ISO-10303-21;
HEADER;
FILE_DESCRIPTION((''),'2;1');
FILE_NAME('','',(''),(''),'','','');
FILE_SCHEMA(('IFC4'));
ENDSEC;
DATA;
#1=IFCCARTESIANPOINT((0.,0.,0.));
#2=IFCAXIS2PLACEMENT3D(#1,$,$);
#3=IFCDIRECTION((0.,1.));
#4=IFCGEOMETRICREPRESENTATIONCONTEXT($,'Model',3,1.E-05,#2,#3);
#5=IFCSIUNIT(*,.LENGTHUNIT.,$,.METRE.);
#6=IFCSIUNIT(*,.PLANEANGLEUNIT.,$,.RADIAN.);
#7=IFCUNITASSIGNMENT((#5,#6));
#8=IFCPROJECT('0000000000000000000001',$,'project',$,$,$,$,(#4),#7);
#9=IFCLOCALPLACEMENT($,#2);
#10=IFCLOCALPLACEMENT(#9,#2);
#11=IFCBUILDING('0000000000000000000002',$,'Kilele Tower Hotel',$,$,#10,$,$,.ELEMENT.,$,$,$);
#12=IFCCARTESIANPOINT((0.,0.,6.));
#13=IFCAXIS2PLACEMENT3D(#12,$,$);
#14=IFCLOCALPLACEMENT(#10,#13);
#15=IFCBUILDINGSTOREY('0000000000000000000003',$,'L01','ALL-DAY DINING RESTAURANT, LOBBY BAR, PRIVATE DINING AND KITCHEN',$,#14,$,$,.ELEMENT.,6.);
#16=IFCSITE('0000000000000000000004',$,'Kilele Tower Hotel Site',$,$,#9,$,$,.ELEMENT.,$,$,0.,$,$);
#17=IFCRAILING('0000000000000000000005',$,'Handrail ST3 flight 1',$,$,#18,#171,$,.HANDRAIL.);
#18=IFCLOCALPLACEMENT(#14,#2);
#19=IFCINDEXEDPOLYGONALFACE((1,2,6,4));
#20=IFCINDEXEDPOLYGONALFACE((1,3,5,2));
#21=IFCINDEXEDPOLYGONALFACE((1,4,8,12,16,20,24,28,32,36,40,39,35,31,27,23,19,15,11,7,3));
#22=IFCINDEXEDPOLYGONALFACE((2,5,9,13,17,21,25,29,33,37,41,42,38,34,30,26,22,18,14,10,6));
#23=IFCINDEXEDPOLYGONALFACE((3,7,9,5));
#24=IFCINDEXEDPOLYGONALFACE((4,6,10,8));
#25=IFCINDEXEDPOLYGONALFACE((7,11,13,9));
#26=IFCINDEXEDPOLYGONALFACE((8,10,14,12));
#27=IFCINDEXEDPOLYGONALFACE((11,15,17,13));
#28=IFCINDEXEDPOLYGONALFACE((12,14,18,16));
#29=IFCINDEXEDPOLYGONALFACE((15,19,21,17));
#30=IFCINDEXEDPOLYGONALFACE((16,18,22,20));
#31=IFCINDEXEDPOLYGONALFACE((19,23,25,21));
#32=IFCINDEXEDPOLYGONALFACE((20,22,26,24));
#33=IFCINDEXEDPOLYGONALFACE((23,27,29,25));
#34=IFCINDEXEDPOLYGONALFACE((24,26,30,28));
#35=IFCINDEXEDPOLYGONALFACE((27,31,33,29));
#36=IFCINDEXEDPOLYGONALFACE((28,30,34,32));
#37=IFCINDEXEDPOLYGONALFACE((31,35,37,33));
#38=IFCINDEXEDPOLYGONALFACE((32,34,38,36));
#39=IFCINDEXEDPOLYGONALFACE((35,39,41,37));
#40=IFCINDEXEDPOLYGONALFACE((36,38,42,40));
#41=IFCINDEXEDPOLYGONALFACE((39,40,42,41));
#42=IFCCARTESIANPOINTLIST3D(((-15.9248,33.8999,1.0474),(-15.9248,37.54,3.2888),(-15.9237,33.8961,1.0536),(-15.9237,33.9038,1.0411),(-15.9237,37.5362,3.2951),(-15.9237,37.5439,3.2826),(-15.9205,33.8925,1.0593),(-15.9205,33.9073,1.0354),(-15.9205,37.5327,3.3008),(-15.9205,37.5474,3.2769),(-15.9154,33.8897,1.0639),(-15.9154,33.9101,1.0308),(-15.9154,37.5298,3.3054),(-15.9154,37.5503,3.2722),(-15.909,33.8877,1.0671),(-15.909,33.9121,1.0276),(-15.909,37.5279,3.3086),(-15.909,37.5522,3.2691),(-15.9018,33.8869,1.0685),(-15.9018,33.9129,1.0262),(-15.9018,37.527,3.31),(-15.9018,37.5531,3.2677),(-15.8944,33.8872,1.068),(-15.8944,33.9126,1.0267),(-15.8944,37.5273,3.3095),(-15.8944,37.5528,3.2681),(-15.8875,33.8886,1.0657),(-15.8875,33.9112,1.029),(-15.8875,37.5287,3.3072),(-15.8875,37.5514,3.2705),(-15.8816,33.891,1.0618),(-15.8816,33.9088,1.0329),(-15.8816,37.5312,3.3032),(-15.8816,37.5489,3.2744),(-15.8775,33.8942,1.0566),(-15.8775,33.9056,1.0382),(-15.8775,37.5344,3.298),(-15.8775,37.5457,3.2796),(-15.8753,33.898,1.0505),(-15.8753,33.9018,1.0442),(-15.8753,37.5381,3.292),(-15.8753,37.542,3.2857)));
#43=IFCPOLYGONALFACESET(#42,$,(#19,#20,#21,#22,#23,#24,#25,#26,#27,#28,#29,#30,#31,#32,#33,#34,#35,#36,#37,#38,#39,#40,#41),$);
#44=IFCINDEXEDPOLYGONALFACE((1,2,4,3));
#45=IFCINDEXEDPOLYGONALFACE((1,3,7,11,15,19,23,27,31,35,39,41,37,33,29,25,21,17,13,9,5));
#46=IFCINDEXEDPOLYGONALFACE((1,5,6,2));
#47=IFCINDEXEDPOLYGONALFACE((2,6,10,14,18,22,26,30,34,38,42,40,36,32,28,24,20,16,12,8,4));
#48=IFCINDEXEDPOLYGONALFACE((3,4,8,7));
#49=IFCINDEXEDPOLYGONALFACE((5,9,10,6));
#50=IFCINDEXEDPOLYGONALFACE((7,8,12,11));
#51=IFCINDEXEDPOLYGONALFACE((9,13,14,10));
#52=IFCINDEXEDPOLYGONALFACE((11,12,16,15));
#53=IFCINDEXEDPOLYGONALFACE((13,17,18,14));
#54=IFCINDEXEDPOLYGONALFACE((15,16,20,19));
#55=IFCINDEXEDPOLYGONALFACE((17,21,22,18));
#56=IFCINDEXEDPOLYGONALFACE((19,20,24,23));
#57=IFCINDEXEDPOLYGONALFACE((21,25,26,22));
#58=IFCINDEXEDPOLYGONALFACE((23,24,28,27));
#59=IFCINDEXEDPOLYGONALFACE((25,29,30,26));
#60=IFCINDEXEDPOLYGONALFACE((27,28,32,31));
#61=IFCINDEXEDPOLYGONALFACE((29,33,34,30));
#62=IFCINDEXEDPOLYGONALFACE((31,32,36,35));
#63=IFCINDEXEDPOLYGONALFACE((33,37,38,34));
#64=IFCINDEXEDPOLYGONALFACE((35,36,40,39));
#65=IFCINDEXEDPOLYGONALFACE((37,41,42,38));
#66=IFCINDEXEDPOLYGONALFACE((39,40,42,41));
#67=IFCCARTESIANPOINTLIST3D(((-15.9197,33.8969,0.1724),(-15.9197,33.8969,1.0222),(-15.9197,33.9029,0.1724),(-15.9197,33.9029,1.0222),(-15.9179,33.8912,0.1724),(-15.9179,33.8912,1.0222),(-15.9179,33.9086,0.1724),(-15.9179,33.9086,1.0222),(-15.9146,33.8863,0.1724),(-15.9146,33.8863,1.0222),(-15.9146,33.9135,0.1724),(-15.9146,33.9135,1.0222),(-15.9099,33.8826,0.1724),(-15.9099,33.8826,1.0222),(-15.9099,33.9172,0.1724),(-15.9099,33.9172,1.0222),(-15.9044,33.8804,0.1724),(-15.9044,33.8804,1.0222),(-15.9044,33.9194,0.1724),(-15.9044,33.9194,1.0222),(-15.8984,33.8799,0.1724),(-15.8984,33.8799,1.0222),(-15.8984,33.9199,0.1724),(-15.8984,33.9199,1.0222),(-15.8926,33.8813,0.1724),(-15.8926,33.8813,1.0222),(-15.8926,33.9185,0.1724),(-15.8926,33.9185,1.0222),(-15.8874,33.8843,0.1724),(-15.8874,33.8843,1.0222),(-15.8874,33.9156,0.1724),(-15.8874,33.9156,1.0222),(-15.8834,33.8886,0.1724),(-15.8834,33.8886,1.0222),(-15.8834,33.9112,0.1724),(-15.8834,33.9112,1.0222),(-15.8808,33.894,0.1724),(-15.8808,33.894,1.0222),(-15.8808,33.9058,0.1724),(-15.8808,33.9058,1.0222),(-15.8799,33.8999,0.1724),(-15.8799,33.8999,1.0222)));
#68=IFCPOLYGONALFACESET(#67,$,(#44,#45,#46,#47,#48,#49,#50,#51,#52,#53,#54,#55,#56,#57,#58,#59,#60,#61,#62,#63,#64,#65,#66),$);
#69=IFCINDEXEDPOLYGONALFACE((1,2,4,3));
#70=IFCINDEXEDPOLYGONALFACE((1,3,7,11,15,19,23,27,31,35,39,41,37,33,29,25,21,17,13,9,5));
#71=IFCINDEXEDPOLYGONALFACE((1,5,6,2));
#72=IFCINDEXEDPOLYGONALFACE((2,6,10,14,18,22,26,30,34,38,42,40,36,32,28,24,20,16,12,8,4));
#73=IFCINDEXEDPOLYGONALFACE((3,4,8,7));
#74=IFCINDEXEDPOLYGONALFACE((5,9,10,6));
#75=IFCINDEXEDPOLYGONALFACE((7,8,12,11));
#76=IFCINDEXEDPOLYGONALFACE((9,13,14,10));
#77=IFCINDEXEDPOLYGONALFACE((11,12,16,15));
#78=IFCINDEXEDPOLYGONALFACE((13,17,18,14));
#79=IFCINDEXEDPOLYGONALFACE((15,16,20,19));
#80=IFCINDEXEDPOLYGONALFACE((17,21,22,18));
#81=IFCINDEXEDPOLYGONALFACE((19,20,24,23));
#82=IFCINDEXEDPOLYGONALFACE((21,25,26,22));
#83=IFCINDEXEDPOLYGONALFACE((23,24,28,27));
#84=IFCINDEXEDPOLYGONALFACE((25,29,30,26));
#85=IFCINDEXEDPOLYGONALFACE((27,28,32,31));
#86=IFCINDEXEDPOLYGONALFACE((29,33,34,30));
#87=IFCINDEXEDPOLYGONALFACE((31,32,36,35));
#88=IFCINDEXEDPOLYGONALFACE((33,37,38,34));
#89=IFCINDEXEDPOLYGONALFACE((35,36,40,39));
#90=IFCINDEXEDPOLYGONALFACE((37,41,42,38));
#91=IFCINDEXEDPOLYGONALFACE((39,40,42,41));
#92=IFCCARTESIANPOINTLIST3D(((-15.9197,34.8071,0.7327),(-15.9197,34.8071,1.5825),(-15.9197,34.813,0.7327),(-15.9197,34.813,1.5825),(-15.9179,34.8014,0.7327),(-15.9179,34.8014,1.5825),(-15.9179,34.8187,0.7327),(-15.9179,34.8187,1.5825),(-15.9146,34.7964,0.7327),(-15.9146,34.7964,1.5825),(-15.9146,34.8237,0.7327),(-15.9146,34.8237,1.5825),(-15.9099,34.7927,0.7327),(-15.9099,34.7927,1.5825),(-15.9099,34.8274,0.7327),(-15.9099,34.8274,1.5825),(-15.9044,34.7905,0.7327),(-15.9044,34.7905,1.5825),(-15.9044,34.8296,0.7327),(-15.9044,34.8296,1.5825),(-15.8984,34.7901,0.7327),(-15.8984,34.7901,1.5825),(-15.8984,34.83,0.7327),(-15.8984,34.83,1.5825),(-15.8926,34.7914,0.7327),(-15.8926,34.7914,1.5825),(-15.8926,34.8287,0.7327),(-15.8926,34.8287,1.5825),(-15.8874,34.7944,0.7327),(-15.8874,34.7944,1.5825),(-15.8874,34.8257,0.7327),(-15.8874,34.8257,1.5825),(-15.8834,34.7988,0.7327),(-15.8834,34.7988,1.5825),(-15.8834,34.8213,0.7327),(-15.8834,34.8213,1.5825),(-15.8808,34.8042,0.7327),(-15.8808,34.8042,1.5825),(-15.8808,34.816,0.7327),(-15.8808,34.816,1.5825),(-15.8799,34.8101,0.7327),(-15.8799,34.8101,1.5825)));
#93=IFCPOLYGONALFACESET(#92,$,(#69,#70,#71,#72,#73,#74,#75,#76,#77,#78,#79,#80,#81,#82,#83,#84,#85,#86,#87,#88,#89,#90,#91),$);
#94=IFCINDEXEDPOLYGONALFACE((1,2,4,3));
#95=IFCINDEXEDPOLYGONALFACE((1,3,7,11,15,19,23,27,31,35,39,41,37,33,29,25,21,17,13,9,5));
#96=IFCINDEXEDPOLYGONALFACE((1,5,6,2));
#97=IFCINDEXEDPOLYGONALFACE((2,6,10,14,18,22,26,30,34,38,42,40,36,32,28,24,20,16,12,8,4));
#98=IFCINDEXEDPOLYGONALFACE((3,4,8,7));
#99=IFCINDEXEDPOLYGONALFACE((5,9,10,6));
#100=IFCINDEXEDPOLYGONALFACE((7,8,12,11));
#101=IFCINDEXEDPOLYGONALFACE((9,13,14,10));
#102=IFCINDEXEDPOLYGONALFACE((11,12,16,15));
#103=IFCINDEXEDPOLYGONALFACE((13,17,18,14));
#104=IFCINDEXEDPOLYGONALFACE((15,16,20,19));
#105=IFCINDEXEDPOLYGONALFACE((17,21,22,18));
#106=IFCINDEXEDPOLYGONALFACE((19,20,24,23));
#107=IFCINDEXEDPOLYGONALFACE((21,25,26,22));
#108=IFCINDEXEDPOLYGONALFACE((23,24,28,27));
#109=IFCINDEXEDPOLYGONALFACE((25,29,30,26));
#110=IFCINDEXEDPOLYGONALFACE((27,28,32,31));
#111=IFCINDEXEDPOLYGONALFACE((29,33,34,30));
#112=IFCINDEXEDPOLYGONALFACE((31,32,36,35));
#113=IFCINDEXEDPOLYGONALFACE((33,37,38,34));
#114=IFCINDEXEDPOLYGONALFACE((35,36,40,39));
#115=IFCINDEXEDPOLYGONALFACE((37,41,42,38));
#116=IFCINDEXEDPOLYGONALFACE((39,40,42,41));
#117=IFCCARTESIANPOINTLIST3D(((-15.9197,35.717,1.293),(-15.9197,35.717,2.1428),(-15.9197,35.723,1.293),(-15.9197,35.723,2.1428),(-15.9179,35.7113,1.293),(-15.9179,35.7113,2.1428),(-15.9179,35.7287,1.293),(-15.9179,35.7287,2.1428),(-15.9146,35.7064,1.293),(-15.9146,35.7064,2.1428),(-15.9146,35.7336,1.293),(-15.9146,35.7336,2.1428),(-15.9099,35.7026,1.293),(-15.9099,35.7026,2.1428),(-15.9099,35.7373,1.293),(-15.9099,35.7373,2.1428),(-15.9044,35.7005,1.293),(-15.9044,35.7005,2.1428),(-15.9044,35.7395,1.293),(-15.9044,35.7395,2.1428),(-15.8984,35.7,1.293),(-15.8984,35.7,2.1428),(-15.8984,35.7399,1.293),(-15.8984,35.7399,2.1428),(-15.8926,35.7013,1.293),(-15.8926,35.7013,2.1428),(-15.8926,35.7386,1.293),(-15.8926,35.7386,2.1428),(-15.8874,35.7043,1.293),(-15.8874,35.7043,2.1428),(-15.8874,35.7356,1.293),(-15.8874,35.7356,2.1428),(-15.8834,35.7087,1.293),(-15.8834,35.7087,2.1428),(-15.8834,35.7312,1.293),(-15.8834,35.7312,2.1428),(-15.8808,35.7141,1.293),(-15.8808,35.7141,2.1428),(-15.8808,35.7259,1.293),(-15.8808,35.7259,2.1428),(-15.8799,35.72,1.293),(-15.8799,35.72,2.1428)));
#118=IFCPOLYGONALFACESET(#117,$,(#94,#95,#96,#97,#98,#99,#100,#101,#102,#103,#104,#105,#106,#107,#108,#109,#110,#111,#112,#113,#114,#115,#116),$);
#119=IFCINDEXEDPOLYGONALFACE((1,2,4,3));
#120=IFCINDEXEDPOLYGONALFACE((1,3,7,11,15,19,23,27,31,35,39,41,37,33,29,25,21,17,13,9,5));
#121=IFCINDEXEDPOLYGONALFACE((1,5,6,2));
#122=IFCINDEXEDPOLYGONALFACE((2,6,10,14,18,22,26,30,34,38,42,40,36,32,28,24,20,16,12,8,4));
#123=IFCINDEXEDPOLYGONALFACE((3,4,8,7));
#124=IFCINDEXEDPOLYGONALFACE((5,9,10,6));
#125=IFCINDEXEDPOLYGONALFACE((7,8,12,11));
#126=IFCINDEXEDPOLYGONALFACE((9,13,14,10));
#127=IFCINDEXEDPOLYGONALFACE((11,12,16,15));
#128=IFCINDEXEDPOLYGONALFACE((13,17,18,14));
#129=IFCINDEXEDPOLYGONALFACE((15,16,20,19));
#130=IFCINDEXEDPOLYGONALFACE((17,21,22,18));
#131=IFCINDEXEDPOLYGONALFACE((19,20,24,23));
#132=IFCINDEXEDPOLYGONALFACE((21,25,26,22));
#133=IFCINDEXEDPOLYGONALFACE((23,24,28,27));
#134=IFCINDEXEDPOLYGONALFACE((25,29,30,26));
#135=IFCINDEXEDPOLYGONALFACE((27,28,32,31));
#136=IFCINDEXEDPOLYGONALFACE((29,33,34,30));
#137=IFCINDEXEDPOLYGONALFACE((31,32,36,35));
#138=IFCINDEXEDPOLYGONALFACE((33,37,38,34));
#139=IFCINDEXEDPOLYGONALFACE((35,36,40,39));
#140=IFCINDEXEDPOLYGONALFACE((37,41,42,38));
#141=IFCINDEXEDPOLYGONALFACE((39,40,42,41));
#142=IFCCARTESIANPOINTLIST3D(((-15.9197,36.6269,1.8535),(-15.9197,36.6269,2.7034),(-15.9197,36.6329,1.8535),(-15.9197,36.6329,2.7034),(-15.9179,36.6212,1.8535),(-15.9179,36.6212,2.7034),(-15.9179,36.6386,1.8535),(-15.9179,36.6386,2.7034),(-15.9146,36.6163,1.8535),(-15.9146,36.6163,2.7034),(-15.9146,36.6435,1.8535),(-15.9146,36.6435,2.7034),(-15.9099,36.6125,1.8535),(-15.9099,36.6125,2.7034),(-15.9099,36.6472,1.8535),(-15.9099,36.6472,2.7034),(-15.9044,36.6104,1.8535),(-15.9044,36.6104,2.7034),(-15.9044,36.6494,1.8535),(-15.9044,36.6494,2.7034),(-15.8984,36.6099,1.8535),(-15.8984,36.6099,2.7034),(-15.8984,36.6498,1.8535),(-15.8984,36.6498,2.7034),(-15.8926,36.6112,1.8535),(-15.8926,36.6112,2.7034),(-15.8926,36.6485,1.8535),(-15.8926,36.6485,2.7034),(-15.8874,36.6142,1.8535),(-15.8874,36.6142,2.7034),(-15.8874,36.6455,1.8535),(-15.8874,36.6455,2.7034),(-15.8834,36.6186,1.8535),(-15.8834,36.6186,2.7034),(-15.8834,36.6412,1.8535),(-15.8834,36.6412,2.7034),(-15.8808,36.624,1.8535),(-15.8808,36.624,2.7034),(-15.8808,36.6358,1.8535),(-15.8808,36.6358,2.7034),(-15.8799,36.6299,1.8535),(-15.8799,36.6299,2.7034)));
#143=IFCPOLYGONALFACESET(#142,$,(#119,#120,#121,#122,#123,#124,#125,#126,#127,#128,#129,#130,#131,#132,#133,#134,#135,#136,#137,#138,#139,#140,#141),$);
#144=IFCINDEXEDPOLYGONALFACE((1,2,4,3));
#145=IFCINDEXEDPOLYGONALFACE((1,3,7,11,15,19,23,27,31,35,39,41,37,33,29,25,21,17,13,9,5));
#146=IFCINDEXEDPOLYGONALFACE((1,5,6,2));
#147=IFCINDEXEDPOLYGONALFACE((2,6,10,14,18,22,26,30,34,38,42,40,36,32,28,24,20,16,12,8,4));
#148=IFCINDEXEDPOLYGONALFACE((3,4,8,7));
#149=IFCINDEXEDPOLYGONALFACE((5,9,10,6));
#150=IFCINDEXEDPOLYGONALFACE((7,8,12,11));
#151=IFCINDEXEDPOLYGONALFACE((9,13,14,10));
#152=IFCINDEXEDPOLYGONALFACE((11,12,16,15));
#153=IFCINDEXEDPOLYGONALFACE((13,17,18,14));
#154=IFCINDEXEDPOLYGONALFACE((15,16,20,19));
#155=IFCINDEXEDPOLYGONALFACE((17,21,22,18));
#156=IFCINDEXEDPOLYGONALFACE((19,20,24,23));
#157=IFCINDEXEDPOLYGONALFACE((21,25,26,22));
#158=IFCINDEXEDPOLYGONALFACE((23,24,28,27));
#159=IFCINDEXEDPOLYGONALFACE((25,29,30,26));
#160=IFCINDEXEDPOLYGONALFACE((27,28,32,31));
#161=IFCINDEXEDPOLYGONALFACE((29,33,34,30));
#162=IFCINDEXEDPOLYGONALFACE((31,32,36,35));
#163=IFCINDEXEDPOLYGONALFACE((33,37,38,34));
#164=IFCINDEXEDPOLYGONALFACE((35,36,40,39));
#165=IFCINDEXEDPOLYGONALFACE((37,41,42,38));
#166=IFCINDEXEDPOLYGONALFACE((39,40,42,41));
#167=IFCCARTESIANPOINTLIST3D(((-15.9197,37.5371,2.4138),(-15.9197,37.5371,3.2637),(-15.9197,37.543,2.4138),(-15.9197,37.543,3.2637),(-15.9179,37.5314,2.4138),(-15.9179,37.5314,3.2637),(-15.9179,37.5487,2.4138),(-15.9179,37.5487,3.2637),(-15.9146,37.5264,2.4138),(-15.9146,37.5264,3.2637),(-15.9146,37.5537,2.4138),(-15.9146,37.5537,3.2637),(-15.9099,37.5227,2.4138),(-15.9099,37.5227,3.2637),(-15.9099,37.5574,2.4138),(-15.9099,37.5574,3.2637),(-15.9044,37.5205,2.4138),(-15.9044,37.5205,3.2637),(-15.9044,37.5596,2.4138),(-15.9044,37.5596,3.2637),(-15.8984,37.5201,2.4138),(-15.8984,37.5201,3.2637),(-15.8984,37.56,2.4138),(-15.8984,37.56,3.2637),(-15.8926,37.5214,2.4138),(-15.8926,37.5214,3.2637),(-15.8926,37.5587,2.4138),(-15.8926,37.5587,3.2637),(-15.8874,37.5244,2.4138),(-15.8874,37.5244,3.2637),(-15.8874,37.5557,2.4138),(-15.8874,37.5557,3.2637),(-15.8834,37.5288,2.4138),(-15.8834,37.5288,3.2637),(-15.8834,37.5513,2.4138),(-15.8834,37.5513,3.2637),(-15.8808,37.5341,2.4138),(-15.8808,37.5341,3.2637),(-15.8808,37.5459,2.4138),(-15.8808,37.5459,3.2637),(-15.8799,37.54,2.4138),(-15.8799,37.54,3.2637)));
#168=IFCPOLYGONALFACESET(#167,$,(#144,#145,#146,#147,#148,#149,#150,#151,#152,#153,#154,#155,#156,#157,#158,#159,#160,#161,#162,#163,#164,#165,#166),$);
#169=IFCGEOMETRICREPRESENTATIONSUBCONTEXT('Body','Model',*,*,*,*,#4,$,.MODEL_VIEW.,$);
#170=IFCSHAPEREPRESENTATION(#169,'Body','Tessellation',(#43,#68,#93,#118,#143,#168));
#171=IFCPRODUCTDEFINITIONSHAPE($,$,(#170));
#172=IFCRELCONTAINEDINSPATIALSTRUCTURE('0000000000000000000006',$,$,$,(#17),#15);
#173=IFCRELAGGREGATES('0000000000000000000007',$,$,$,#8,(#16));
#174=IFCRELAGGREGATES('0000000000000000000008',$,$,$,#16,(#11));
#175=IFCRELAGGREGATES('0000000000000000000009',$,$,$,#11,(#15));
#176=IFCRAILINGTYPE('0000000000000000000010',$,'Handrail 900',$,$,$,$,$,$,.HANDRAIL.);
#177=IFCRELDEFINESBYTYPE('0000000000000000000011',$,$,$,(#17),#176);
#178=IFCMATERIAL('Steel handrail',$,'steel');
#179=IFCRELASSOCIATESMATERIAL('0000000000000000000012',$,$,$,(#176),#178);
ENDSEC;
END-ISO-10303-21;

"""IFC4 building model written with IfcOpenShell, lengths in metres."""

from ifc_helpers import new_model, si_unit, direction, frame, origin, origin_2d, place, context, subcontext, project, spatial, circle, extrude, material, type_object, element, save


model = new_model("IFC4")

# Units and contexts
model_context = context("Model", 3, precision=1e-05, world=origin(), true_north=direction((0.0, 1.0)))
body_context = subcontext(model_context, "Body", "Model", "MODEL_VIEW")
ifc_project = project(units=[si_unit("LENGTHUNIT", "METRE"), si_unit("PLANEANGLEUNIT", "RADIAN")], contexts=[model_context])

# Site, building, storey
site_placement = place(None, origin())
site = spatial("IfcSite", under=ifc_project, at=site_placement, Name="Kilele Tower Hotel Site", CompositionType="ELEMENT", RefElevation=0.0)
building_placement = place(site_placement, origin())
building = spatial("IfcBuilding", under=site, at=building_placement, Name="Kilele Tower Hotel", CompositionType="ELEMENT")
storey_placement = place(building_placement, frame((0.0, 0.0, 6.0)))
storey = spatial("IfcBuildingStorey", under=building, at=storey_placement, Name="L01", Description="ALL-DAY DINING RESTAURANT, LOBBY BAR, PRIVATE DINING AND KITCHEN", CompositionType="ELEMENT", Elevation=6.0)

# Railing
ifc_material_1 = material(Name="Steel handrail", Category="steel")
railing_type_1 = type_object("IfcRailingType", Name="Handrail 900", PredefinedType="HANDRAIL", material=ifc_material_1)
railing_1_placement = place(storey_placement, frame((-15.8999, 33.8999, 0.1724)))
element("IfcRailing", 1, at=railing_1_placement, inside=storey, type_object=railing_type_1, Name="Handrail ST3 flight 1", PredefinedType="HANDRAIL", context=body_context, shape_type="SweptSolid", body=[
    extrude(circle(Radius=0.0249, at=origin_2d()), frame((0.0, 0.0, 0.875), z_axis=(0.0, 0.851515, 0.52433), x_axis=(-1.0, 0.0, 0.0)), (0.0, 0.0, 1.0), 4.2749),
    extrude(circle(Radius=0.02, at=origin_2d()), origin(), (0.0, 0.0, 1.0), 0.8499),
    extrude(circle(Radius=0.02, at=origin_2d()), frame((0.0, 0.9102, 0.5603)), (0.0, 0.0, 1.0), 0.8499),
    extrude(circle(Radius=0.02, at=origin_2d()), frame((0.0, 1.8201, 1.1206)), (0.0, 0.0, 1.0), 0.8499),
    extrude(circle(Radius=0.02, at=origin_2d()), frame((0.0, 2.73, 1.6812)), (0.0, 0.0, 1.0), 0.8499),
    extrude(circle(Radius=0.02, at=origin_2d()), frame((0.0, 3.6401, 2.2415)), (0.0, 0.0, 1.0), 0.8499),
])

save(model, "model.ifc")
